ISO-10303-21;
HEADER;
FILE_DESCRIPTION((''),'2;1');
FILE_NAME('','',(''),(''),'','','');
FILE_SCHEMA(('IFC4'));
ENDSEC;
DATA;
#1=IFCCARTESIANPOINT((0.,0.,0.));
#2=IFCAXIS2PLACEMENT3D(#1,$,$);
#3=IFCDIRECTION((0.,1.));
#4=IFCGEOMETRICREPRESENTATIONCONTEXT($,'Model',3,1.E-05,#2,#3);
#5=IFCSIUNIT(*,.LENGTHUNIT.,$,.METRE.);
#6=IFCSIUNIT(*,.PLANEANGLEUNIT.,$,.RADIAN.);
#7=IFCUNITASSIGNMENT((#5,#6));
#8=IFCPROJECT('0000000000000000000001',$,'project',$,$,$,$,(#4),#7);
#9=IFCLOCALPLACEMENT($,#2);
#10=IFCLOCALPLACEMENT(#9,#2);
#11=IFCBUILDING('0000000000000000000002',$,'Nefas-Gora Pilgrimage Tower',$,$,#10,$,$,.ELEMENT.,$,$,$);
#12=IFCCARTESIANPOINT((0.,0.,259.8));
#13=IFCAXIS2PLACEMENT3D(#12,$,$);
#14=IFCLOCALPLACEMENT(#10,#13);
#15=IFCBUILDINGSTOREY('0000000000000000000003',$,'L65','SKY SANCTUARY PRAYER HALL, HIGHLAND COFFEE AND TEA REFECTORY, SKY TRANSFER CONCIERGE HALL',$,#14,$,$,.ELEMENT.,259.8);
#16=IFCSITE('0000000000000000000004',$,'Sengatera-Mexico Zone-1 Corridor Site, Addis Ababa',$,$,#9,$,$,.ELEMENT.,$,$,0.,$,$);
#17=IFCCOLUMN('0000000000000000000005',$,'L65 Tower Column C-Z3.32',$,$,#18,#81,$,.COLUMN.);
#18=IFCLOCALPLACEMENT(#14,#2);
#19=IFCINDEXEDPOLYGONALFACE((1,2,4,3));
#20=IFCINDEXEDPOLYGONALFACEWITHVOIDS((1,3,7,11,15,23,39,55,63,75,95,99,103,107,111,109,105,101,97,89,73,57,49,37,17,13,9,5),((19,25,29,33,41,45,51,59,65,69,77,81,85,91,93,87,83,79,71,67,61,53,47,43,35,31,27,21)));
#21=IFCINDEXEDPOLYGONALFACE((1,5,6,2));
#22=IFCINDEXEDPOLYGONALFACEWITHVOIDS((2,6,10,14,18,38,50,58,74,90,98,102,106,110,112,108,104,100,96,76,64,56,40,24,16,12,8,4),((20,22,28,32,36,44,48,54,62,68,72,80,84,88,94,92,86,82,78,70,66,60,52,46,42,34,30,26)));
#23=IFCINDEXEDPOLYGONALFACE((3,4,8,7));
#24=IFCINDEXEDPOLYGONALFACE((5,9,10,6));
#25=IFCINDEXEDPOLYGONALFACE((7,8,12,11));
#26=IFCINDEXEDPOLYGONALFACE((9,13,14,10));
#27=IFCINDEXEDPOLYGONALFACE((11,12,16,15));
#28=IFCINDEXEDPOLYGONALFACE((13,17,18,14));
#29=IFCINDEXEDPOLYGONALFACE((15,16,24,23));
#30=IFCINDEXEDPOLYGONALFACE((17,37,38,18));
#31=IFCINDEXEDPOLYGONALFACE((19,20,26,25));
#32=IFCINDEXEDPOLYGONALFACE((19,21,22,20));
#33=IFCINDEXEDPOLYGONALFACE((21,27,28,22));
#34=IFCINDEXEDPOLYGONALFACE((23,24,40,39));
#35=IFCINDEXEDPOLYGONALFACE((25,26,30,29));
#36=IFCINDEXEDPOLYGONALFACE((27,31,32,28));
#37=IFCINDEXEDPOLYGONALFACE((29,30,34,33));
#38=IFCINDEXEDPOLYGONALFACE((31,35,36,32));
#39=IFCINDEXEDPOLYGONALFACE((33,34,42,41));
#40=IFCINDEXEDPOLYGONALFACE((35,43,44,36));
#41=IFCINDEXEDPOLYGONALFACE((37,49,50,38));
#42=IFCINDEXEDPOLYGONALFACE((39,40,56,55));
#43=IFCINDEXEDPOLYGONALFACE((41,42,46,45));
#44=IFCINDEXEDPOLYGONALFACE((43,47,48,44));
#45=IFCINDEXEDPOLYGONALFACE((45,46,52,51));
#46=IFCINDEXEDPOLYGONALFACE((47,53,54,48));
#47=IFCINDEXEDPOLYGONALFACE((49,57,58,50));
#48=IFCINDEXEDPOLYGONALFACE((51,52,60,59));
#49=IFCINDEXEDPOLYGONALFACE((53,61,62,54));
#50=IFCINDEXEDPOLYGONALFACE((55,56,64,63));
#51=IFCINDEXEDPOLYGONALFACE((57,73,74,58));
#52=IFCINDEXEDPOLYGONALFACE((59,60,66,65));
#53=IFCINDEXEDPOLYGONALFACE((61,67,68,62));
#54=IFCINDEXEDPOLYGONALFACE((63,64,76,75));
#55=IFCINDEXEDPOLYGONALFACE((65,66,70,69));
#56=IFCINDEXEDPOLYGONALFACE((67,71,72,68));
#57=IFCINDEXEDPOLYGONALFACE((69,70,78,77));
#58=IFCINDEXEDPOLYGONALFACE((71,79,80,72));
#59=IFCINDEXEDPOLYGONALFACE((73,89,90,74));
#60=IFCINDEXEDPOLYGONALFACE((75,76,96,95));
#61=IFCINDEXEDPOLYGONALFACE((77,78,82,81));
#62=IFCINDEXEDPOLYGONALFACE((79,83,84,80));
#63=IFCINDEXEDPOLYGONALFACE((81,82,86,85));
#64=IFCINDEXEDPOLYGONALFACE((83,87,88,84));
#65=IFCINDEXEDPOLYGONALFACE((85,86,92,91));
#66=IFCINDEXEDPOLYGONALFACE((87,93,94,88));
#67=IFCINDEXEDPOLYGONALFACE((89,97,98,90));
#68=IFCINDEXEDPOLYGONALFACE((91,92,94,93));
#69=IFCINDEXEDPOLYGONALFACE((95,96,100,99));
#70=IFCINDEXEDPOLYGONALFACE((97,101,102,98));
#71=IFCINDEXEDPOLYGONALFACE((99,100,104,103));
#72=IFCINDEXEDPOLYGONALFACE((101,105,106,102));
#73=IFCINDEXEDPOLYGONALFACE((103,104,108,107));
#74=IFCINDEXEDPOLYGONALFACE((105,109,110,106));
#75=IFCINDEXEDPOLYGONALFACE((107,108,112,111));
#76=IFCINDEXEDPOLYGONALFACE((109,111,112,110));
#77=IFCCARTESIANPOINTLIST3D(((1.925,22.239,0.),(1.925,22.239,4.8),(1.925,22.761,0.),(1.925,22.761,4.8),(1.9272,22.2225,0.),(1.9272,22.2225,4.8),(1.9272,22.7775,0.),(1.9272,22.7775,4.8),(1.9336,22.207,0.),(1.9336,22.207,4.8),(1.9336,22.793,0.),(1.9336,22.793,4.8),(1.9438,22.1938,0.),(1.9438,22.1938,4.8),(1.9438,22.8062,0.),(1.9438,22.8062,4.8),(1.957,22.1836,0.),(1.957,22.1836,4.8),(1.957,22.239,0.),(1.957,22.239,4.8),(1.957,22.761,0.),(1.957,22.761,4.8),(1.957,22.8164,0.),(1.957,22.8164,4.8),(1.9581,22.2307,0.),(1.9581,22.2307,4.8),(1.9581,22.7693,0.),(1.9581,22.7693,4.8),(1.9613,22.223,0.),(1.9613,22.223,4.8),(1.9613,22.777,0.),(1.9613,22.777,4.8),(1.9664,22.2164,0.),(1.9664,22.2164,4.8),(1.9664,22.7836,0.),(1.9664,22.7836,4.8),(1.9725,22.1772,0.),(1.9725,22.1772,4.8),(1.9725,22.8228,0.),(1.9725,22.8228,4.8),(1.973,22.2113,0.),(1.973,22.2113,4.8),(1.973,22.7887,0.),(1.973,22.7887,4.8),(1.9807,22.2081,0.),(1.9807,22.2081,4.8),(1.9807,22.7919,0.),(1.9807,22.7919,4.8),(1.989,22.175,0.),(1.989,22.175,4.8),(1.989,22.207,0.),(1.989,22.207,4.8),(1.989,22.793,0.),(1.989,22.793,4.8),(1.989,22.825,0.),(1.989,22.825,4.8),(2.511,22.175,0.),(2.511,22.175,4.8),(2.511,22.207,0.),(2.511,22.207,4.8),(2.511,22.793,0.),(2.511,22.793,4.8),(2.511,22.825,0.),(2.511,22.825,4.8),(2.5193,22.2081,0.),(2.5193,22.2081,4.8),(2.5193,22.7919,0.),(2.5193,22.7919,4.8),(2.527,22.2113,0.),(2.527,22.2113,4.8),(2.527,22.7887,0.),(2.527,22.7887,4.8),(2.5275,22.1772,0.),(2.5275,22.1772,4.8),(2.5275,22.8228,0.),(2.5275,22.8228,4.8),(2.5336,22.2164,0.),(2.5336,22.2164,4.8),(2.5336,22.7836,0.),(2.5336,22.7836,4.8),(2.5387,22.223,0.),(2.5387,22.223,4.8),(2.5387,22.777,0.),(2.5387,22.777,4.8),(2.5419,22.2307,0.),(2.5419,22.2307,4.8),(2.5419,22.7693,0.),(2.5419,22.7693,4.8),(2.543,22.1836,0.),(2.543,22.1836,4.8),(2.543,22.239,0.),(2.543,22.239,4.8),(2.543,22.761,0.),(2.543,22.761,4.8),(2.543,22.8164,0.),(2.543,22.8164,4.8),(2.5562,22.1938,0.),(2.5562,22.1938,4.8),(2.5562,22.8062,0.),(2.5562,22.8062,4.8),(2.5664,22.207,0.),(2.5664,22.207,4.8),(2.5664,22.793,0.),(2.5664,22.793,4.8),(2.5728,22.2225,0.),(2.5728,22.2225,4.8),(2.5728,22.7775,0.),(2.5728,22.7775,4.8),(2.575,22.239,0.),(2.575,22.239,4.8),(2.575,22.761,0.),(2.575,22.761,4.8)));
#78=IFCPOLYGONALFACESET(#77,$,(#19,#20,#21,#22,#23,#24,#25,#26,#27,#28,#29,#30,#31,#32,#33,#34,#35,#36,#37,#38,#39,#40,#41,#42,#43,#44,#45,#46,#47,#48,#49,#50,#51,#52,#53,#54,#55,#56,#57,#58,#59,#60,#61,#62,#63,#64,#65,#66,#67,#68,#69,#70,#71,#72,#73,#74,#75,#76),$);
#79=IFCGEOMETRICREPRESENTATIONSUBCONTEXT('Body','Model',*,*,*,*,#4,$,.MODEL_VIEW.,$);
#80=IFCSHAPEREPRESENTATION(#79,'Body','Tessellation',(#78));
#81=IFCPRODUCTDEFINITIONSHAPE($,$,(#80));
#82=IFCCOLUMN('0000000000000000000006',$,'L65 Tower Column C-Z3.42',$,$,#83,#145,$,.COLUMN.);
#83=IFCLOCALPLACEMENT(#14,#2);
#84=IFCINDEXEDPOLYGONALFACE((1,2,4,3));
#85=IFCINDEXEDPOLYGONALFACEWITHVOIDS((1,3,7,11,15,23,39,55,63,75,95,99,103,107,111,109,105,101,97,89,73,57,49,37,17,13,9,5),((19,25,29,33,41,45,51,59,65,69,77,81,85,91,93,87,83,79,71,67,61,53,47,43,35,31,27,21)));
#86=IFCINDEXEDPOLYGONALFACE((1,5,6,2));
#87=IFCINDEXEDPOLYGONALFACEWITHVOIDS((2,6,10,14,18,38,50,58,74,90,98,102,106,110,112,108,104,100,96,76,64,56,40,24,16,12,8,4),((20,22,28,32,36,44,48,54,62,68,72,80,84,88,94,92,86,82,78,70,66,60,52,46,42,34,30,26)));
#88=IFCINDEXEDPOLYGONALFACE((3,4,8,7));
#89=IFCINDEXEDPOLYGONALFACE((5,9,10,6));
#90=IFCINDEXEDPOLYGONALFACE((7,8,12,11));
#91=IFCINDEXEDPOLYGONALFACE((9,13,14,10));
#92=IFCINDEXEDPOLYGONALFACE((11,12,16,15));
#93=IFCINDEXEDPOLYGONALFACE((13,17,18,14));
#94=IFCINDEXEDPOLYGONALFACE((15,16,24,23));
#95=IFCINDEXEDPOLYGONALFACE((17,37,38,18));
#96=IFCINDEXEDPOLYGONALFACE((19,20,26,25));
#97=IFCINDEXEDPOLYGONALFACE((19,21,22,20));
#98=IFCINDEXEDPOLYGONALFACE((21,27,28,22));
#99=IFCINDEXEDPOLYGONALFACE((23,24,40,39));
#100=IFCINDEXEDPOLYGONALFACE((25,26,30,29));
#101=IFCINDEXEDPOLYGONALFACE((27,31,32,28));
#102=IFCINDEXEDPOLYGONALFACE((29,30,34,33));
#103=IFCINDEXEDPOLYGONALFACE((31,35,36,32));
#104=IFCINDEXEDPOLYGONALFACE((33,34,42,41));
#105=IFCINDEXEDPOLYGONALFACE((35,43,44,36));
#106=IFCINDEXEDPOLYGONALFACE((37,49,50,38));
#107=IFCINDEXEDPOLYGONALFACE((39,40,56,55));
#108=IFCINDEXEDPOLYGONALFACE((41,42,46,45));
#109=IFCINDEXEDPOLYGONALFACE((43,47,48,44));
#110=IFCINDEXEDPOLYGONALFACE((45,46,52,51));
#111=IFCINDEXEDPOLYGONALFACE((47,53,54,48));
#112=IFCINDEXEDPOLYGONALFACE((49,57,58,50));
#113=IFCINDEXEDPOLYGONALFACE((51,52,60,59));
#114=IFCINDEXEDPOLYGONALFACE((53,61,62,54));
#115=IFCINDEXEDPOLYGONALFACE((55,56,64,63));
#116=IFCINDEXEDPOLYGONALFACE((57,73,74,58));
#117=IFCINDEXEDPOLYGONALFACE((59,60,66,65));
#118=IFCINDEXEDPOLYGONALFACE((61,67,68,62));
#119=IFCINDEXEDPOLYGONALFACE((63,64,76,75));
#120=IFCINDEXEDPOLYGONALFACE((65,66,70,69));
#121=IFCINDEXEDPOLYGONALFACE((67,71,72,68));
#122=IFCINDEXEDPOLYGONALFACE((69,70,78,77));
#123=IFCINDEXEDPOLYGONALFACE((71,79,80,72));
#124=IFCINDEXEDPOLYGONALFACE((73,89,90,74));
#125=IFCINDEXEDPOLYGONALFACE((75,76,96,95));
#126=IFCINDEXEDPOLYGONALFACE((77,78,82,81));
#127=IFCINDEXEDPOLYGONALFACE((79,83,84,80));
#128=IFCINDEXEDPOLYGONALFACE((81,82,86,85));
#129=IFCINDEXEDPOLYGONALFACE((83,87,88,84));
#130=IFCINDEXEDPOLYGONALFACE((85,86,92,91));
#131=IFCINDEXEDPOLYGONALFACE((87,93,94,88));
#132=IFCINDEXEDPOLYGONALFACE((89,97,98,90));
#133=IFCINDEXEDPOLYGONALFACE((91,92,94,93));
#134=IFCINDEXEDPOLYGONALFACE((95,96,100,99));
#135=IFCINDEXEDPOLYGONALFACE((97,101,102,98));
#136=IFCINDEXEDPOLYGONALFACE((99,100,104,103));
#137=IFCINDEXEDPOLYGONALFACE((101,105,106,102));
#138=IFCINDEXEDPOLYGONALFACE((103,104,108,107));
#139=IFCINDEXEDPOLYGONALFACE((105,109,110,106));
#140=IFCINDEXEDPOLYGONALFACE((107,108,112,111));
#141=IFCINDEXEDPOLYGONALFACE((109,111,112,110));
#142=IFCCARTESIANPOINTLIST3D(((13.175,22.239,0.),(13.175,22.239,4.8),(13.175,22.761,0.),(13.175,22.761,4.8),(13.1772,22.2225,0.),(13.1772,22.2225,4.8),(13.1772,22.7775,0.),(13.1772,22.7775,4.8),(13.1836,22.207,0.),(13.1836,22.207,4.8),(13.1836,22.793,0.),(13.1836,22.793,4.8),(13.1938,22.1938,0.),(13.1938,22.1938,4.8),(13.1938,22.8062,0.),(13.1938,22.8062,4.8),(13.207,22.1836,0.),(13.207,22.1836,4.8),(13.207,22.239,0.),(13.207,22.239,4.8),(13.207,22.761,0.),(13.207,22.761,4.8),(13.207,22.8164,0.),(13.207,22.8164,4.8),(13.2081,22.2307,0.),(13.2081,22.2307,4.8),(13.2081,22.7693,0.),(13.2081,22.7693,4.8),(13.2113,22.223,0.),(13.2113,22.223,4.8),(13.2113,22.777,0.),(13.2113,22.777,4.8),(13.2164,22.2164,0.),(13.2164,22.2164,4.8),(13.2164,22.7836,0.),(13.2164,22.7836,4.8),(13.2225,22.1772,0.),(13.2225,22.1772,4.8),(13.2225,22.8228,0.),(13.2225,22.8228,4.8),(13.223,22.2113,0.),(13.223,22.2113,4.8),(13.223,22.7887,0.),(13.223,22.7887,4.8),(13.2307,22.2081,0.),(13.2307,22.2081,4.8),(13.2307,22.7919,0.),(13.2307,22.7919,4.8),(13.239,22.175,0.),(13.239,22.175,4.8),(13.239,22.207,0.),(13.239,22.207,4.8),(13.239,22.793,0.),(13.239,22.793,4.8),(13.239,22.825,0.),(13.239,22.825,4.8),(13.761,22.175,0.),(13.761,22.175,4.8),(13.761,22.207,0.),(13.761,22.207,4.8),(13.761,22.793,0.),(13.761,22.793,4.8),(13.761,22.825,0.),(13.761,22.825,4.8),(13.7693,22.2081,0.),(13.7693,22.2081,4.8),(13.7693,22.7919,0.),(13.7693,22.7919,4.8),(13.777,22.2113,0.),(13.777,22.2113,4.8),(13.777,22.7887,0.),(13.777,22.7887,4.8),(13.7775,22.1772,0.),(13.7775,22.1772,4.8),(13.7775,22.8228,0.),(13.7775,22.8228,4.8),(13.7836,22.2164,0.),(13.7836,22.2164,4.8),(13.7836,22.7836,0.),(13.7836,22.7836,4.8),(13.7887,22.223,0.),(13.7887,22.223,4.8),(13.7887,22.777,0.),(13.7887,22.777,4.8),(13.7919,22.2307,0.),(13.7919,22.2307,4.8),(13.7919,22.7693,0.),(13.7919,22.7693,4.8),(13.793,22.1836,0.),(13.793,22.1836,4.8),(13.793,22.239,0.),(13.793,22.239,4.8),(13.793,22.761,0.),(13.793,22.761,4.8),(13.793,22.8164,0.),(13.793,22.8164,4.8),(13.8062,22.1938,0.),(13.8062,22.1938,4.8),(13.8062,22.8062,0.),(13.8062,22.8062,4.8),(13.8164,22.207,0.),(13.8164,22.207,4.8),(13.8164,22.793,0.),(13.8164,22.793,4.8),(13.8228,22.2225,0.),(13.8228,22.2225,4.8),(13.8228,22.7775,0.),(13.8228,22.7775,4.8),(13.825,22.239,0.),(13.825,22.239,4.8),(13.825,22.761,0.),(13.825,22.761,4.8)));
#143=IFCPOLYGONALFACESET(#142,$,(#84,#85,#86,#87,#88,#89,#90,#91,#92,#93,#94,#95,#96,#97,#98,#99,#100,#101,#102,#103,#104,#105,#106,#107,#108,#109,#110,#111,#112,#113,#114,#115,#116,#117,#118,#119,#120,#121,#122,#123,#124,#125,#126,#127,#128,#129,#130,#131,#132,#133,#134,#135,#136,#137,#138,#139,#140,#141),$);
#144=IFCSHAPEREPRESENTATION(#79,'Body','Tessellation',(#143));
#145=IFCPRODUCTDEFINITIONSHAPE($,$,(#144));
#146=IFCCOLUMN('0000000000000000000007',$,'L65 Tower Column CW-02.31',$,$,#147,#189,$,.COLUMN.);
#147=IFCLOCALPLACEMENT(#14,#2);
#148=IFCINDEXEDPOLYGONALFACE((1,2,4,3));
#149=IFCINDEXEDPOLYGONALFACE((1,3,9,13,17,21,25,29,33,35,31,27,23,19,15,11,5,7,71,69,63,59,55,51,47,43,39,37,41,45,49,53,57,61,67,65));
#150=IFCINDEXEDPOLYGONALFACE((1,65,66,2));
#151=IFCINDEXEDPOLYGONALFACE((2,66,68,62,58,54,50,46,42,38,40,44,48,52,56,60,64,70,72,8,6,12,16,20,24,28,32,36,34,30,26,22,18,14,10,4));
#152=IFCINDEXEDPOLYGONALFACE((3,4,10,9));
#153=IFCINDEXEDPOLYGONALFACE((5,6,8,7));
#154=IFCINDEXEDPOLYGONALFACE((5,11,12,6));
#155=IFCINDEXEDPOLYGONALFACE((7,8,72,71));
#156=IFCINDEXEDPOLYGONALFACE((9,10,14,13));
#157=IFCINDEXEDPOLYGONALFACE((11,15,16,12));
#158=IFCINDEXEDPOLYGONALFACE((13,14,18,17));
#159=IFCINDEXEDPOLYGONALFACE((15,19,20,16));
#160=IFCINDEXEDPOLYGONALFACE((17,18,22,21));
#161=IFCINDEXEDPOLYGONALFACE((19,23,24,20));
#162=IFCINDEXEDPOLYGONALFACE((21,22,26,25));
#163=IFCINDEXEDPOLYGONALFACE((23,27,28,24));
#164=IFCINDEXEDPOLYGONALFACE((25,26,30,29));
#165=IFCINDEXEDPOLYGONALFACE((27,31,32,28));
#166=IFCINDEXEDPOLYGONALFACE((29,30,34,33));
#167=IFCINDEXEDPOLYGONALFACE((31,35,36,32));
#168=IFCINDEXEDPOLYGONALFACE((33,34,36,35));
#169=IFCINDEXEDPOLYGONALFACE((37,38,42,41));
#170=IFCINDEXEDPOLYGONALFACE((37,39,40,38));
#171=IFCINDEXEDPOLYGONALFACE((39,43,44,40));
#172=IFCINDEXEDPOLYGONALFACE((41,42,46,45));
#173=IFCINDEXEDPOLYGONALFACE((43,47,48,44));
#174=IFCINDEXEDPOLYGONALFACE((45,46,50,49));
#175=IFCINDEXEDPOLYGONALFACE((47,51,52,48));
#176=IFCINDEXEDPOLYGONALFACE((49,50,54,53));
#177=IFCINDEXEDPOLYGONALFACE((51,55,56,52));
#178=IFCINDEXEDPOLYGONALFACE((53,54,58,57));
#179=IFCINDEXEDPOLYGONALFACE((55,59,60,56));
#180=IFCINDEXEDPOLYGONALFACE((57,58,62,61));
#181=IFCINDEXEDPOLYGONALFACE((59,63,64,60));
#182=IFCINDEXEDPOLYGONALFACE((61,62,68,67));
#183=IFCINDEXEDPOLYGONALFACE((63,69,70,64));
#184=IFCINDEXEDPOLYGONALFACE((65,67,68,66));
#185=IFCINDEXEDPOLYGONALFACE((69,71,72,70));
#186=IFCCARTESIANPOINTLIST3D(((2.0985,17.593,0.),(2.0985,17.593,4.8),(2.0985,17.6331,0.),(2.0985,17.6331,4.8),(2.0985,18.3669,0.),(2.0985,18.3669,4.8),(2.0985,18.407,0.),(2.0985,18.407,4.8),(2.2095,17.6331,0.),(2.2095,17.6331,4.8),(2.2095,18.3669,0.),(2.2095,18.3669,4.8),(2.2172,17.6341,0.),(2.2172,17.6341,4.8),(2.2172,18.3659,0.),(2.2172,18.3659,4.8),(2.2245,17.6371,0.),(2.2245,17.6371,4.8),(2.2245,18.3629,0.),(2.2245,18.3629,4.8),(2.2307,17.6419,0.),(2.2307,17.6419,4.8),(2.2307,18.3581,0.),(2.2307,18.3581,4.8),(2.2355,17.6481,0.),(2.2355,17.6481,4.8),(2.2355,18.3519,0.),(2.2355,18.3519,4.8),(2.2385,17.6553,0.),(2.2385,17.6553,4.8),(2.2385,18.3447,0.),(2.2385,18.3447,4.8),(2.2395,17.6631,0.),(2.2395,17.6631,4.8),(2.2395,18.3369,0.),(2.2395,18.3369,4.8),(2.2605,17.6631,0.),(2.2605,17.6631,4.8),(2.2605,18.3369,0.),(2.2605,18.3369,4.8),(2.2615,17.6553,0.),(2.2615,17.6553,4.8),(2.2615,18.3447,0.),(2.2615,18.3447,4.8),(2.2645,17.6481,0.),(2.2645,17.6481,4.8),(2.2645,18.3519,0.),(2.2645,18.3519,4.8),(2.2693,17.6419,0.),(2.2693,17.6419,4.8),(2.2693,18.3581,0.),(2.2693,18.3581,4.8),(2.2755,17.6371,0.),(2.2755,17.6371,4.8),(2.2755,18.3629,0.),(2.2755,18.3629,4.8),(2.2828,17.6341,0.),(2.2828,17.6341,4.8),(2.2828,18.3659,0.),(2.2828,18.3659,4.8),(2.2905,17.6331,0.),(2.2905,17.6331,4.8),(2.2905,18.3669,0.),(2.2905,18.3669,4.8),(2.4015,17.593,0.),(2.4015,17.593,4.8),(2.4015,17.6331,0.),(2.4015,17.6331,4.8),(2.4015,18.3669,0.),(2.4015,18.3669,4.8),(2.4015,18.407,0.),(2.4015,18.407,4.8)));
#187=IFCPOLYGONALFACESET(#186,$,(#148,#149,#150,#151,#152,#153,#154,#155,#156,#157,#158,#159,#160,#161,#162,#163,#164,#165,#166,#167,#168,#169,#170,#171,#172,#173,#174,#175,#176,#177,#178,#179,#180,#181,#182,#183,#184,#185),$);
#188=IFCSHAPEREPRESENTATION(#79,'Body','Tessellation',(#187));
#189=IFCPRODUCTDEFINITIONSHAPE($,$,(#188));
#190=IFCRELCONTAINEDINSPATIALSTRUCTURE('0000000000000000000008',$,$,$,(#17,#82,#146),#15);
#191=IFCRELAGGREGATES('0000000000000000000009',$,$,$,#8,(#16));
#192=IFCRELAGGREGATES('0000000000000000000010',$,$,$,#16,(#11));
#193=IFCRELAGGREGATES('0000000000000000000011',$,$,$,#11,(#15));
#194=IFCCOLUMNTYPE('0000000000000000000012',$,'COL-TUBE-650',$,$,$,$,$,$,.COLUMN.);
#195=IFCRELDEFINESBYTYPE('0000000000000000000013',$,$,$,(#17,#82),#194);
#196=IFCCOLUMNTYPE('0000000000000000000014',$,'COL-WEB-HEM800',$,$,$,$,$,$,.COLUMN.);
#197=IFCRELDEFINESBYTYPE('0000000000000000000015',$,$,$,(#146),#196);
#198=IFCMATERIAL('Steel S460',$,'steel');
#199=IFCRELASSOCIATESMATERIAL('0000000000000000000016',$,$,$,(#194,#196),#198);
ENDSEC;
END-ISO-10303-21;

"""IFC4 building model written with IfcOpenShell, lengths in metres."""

from ifc_helpers import new_model, si_unit, direction, frame, origin, origin_2d, place, context, subcontext, project, spatial, hollow_rectangle, i_section, extrude, source, transform, mapped, material, material_profile, profile_set, type_object, element, save


model = new_model("IFC4")

# Units and contexts
model_context = context("Model", 3, precision=1e-05, world=origin(), true_north=direction((0.0, 1.0)))
body_context = subcontext(model_context, "Body", "Model", "MODEL_VIEW")
ifc_project = project(units=[si_unit("LENGTHUNIT", "METRE"), si_unit("PLANEANGLEUNIT", "RADIAN")], contexts=[model_context])

# Site, building, storey
site_placement = place(None, origin())
site = spatial("IfcSite", under=ifc_project, at=site_placement, Name="Sengatera-Mexico Zone-1 Corridor Site, Addis Ababa", CompositionType="ELEMENT", RefElevation=0.0)
building_placement = place(site_placement, origin())
building = spatial("IfcBuilding", under=site, at=building_placement, Name="Nefas-Gora Pilgrimage Tower", CompositionType="ELEMENT")
storey_placement = place(building_placement, frame((0.0, 0.0, 259.8)))
storey = spatial("IfcBuildingStorey", under=building, at=storey_placement, Name="L65", Description="SKY SANCTUARY PRAYER HALL, HIGHLAND COFFEE AND TEA REFECTORY, SKY TRANSFER CONCIERGE HALL", CompositionType="ELEMENT", Elevation=259.8)

# Columns
ifc_material_1 = material(Name="Steel S460", Category="steel")
ifc_material_profile_1 = material_profile(ifc_material_1, hollow_rectangle(XDim=0.6499, YDim=0.6499, WallThickness=0.032, InnerFilletRadius=0.032, OuterFilletRadius=0.064, at=origin_2d()), Name="BOX 650x650x32")
ifc_profile_set_1 = profile_set([ifc_material_profile_1], Name="Steel S460")
column_type_1 = type_object("IfcColumnType", Name="COL-TUBE-650", PredefinedType="COLUMN", material=ifc_profile_set_1)
shared_shape_1 = source(origin(), body_context, "Body", "SweptSolid", [
    extrude(hollow_rectangle(XDim=0.6499, YDim=0.6499, WallThickness=0.032, InnerFilletRadius=0.032, OuterFilletRadius=0.064, at=origin_2d()), origin(), (0.0, 0.0, 1.0), 4.8),
])
for number, where, z_axis, x_axis, name in (
    (1, (2.25, 22.5, 0.0), (0.0, 0.0, 1.0), (1.0, 0.0, 0.0), "L65 Tower Column C-Z3.32"),
    (2, (13.5, 22.5, 0.0), (0.0, 0.0, 1.0), (1.0, 0.0, 0.0), "L65 Tower Column C-Z3.42"),
):
    element("IfcColumn", number, at=place(storey_placement, frame(where, z_axis=z_axis, x_axis=x_axis)), inside=storey, type_object=column_type_1, Name=name, PredefinedType="COLUMN", context=body_context, shape_type="MappedRepresentation", body=[
        mapped(shared_shape_1, transform((0.0, 0.0, 0.0), x_axis=(1.0, 0.0, 0.0), y_axis=(0.0, 1.0, 0.0), z_axis=(0.0, 0.0, 1.0), scale=1.0)),
    ])
ifc_material_profile_2 = material_profile(ifc_material_1, i_section(OverallWidth=0.303, OverallDepth=0.814, WebThickness=0.021, FlangeThickness=0.04, FilletRadius=0.03, at=origin_2d()), Name="HEM 800")
ifc_profile_set_2 = profile_set([ifc_material_profile_2], Name="Steel S460")
column_type_2 = type_object("IfcColumnType", Name="COL-WEB-HEM800", PredefinedType="COLUMN", material=ifc_profile_set_2)
shared_shape_2 = source(origin(), body_context, "Body", "SweptSolid", [
    extrude(i_section(OverallWidth=0.303, OverallDepth=0.814, WebThickness=0.021, FlangeThickness=0.04, FilletRadius=0.03, at=origin_2d()), origin(), (0.0, 0.0, 1.0), 4.8),
])
for number, where, z_axis, x_axis, name in (
    (3, (2.25, 18.0, 0.0), (0.0, 0.0, 1.0), (1.0, 0.0, 0.0), "L65 Tower Column CW-02.31"),
):
    element("IfcColumn", number, at=place(storey_placement, frame(where, z_axis=z_axis, x_axis=x_axis)), inside=storey, type_object=column_type_2, Name=name, PredefinedType="COLUMN", context=body_context, shape_type="MappedRepresentation", body=[
        mapped(shared_shape_2, transform((0.0, 0.0, 0.0), x_axis=(1.0, 0.0, 0.0), y_axis=(0.0, 1.0, 0.0), z_axis=(0.0, 0.0, 1.0), scale=1.0)),
    ])

save(model, "model.ifc")
